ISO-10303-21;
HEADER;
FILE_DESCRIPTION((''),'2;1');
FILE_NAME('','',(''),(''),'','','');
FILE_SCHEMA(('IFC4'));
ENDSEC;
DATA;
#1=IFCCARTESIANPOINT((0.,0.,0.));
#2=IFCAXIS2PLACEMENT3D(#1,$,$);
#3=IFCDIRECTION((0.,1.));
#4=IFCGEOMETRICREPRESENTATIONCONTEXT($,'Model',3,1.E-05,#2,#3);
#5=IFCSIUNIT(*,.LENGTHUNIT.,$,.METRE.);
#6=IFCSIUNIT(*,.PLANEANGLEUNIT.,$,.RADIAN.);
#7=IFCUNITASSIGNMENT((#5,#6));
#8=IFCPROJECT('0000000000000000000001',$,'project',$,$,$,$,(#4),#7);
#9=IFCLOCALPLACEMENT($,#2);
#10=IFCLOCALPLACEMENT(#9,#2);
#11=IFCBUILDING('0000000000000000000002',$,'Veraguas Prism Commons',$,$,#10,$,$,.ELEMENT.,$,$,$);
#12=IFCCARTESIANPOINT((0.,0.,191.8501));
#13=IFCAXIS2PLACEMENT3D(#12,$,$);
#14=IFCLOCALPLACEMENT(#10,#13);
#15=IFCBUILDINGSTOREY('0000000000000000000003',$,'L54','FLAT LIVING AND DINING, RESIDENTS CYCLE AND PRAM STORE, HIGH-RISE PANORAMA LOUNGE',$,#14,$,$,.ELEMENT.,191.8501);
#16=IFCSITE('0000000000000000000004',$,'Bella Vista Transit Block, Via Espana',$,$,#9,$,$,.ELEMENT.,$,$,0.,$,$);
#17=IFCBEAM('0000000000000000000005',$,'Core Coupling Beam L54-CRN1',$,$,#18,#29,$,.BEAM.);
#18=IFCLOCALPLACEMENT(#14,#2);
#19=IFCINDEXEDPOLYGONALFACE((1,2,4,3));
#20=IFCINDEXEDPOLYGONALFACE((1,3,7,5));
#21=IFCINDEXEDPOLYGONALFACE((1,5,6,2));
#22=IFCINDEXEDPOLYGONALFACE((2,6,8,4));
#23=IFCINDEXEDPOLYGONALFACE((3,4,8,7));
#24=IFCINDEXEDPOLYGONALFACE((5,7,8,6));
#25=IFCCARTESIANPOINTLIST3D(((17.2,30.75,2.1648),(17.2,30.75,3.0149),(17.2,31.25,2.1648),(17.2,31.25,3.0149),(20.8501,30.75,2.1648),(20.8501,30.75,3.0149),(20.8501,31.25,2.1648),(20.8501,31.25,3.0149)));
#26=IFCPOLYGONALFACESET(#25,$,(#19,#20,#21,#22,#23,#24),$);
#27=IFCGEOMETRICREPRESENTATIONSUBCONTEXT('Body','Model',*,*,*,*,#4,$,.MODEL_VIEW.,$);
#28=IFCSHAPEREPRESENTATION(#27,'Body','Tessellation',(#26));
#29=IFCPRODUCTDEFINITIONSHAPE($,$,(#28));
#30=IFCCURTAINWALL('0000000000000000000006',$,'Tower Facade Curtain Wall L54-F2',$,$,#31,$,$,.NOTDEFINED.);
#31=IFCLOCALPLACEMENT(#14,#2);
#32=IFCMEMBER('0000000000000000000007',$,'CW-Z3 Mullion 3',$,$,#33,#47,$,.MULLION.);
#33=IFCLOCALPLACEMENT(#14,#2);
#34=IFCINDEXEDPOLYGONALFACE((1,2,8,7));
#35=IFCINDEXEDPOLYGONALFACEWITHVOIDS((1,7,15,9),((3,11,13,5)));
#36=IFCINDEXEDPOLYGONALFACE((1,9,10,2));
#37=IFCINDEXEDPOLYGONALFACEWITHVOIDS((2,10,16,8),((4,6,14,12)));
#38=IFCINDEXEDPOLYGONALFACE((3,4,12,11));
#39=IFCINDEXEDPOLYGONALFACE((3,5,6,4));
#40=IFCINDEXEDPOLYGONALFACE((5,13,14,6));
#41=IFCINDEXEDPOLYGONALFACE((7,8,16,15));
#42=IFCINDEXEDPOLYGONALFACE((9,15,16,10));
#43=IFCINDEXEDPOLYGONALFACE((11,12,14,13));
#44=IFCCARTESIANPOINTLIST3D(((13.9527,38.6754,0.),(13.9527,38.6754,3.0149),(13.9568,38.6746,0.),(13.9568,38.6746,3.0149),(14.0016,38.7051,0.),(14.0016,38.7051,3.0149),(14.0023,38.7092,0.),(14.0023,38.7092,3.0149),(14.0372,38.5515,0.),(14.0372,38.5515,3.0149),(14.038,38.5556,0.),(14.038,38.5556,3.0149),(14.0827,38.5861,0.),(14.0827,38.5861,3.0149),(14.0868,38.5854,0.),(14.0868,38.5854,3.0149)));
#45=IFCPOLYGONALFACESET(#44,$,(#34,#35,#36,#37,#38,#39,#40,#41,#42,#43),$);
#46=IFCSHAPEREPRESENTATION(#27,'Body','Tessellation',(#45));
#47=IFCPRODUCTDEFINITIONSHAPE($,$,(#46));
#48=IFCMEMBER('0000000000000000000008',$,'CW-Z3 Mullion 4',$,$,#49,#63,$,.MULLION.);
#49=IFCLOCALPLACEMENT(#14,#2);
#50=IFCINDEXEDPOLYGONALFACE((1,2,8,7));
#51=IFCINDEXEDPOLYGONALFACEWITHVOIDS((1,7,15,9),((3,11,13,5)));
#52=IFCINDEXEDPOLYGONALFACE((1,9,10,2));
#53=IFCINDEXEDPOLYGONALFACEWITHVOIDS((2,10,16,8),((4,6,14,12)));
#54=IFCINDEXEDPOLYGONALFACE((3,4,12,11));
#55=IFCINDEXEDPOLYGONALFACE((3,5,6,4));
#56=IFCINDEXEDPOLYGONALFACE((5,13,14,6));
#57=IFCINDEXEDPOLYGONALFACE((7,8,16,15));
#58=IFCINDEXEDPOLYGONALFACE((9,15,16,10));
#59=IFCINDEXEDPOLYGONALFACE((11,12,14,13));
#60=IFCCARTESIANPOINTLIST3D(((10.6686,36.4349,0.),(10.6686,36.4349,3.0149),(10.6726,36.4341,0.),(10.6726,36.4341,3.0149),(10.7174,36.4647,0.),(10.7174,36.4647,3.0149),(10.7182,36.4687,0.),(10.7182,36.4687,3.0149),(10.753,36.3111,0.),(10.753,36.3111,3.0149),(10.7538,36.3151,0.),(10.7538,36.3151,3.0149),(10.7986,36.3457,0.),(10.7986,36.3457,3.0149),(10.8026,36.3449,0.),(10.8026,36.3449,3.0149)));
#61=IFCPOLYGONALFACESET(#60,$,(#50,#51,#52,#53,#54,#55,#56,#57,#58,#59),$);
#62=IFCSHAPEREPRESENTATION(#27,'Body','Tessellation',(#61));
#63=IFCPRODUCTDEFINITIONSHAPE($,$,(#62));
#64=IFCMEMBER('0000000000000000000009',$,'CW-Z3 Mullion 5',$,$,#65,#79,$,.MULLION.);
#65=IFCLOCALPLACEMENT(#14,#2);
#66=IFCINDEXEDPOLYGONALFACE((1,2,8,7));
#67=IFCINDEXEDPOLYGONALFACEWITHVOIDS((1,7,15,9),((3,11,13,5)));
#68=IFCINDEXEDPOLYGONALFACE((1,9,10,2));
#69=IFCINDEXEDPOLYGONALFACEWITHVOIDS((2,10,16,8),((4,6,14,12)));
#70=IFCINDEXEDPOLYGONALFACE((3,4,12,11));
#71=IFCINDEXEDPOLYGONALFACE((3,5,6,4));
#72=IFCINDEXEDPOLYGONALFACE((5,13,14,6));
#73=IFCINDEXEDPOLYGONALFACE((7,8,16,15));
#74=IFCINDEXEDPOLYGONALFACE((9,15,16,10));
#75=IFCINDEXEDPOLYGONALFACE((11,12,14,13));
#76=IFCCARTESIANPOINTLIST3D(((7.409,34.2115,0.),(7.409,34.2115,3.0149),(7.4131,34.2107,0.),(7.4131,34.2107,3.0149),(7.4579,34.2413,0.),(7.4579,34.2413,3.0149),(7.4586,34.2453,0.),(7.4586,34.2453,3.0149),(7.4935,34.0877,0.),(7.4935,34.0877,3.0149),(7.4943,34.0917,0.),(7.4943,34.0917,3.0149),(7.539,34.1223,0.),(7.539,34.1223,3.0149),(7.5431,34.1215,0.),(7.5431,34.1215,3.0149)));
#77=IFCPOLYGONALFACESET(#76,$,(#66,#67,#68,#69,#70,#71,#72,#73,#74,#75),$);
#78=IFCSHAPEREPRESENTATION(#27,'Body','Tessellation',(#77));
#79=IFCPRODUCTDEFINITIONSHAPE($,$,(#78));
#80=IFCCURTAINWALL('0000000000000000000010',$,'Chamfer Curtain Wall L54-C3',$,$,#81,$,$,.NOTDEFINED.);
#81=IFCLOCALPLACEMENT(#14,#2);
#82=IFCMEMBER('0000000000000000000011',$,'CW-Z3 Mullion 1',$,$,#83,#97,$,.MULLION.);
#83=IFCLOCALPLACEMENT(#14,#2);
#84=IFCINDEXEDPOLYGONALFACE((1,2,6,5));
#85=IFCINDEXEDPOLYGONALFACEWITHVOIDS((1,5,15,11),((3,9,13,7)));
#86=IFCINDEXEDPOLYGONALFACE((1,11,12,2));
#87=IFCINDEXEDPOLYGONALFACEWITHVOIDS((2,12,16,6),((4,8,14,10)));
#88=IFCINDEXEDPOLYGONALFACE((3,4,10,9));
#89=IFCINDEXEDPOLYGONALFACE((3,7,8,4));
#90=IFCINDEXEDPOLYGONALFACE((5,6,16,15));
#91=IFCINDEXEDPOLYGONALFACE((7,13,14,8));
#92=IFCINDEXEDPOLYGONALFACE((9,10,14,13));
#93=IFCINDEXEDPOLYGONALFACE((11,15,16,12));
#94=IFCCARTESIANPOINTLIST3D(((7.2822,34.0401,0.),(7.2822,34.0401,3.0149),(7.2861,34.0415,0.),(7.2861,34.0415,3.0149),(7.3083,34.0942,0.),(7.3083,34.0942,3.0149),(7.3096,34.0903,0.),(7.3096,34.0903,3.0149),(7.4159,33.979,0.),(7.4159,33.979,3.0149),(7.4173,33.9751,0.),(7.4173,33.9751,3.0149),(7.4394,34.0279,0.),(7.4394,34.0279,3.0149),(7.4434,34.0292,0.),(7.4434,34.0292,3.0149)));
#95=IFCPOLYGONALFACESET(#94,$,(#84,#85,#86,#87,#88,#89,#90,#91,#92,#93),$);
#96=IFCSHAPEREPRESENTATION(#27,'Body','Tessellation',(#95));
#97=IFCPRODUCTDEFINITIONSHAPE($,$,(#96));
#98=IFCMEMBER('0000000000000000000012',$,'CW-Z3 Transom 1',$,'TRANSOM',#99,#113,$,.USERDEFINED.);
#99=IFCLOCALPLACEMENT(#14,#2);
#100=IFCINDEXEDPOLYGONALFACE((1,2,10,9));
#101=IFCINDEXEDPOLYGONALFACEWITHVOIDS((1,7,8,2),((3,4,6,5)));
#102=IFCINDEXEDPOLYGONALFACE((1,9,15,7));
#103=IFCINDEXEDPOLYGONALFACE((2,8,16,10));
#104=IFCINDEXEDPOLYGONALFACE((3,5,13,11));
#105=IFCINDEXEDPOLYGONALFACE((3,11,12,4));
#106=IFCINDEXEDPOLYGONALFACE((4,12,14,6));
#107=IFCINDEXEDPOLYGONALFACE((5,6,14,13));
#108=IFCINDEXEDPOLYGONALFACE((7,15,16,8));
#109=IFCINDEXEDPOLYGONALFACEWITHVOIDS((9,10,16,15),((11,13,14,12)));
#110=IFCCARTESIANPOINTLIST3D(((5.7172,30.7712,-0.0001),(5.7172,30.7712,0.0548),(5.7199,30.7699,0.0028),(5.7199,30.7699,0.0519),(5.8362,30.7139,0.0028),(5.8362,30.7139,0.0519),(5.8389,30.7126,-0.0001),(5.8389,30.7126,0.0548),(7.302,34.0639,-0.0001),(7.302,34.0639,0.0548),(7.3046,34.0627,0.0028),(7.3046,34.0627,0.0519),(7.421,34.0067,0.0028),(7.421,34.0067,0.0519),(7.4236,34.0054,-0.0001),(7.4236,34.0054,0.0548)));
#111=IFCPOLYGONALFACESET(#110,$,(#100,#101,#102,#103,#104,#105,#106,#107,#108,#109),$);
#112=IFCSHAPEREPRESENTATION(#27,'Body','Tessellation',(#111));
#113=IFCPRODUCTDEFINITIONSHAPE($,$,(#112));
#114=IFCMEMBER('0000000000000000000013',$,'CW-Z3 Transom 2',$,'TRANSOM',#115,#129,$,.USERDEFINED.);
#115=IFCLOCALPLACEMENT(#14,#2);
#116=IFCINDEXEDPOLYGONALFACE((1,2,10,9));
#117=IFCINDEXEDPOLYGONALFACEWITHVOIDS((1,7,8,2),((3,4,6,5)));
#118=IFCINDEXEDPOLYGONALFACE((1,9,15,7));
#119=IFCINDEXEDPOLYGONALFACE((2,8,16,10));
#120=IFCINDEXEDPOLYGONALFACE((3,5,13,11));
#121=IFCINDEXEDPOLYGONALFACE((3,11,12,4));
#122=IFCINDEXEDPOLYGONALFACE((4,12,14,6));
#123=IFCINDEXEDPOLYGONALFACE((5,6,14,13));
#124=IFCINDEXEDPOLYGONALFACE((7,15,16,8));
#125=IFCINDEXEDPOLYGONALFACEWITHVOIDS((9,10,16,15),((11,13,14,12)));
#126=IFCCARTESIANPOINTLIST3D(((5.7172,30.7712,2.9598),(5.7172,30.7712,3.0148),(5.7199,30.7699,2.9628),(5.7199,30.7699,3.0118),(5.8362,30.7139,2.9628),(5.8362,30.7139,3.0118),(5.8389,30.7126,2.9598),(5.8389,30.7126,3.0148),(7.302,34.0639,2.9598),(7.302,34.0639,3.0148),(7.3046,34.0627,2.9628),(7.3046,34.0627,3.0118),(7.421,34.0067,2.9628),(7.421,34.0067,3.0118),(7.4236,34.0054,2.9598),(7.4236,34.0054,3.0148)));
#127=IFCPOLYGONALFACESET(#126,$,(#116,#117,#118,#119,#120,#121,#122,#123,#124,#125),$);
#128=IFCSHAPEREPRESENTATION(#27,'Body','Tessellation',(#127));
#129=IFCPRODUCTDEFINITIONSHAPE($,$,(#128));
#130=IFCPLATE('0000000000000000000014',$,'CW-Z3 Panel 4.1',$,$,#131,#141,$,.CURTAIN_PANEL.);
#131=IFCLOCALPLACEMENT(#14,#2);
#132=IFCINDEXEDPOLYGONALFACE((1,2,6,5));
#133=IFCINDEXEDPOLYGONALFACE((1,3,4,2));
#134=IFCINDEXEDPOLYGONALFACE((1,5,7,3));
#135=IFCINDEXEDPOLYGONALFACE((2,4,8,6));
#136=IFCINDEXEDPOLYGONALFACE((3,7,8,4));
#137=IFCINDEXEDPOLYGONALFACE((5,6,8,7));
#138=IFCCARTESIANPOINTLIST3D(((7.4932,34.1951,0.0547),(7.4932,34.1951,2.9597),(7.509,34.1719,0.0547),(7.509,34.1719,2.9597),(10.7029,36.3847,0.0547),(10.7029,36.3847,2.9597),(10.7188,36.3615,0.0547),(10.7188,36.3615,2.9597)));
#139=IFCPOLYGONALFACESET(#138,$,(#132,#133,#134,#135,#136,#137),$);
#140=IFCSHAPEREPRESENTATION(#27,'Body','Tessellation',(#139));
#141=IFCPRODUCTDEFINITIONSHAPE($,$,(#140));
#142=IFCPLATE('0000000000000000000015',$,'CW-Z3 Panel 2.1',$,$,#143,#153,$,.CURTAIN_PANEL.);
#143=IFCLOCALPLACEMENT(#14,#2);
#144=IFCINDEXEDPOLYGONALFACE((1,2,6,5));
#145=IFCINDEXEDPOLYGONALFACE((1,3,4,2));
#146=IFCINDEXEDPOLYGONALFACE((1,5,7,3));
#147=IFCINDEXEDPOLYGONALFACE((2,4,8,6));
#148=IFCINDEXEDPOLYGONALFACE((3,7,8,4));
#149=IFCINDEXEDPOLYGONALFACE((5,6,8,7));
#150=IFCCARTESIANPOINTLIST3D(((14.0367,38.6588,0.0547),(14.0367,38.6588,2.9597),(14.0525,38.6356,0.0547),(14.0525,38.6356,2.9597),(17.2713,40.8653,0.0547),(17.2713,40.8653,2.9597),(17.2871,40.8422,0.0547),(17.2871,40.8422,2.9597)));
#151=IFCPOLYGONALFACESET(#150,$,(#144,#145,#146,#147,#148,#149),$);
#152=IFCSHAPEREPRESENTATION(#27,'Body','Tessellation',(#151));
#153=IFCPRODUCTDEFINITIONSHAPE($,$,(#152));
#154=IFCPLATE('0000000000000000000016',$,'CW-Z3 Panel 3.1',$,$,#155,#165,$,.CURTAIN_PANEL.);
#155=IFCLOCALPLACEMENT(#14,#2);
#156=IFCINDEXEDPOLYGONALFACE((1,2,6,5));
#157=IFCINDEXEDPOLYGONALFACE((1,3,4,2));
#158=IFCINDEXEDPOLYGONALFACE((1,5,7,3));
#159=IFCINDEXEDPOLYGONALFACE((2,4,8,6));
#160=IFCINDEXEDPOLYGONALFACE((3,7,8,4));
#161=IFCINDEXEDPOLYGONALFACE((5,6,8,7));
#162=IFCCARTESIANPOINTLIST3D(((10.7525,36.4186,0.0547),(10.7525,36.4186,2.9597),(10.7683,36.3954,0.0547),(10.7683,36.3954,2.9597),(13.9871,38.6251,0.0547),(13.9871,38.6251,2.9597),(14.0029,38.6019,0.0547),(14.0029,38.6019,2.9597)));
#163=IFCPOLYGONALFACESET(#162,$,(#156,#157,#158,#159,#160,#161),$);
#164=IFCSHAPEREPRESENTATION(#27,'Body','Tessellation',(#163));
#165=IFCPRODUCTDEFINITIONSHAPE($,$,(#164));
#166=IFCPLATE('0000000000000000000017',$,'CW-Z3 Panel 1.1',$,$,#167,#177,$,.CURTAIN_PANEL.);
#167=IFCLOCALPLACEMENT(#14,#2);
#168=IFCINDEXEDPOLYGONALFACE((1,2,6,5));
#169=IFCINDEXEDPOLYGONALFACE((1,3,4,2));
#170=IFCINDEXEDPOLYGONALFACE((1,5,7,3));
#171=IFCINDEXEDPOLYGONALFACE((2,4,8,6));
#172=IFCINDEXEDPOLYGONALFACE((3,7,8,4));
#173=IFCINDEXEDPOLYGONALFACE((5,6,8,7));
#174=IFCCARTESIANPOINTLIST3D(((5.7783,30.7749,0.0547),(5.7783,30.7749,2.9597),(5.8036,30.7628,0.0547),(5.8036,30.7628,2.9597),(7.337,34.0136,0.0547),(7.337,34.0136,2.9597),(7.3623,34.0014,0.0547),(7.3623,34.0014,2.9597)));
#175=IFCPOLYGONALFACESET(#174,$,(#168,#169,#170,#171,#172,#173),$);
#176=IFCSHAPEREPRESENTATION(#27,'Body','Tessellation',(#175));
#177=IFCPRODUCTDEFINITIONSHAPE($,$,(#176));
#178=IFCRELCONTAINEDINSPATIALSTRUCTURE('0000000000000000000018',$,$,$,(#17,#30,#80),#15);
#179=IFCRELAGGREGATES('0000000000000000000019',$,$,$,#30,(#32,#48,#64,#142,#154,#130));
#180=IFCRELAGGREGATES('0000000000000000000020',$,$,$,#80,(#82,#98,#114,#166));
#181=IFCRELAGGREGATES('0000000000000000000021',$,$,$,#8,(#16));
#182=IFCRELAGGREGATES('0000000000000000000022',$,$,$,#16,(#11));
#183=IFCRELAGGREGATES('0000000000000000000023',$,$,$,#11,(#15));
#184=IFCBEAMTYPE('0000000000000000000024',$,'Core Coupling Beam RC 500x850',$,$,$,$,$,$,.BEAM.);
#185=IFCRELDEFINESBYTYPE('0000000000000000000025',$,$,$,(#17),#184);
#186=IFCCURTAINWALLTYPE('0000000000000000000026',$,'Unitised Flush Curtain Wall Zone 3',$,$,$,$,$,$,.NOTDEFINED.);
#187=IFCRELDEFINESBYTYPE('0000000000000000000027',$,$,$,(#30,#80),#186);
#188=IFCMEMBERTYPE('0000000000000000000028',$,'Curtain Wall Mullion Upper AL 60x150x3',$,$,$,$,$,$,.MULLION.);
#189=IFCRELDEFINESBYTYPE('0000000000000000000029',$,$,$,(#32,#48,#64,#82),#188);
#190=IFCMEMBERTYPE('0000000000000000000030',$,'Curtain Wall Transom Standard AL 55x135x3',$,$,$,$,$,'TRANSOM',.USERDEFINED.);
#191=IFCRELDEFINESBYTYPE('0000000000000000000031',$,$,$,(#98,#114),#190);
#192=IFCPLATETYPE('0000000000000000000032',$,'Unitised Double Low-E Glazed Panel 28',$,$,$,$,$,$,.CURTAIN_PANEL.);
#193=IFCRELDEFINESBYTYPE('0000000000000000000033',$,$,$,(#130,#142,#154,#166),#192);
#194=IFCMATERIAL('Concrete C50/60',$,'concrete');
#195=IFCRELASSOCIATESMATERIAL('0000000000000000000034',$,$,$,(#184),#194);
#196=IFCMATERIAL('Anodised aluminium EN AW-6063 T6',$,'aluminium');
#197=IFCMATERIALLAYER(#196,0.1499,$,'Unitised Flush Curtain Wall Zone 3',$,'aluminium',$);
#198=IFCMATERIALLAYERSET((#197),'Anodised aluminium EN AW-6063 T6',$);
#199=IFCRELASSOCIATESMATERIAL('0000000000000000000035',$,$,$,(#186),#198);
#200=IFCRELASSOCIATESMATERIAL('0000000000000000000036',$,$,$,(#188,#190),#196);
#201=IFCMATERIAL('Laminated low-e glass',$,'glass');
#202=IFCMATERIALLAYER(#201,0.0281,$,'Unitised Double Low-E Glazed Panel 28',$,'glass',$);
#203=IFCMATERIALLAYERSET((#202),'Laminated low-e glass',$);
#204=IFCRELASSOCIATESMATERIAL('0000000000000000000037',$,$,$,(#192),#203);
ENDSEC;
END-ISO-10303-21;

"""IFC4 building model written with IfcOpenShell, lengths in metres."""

from ifc_helpers import new_model, si_unit, direction, frame, origin, origin_2d, place, context, subcontext, project, spatial, rectangle, hollow_rectangle, extrude, source, transform, mapped, material, layer, layer_set, material_profile, profile_set, type_object, element, aggregate, save


model = new_model("IFC4")

# Units and contexts
model_context = context("Model", 3, precision=1e-05, world=origin(), true_north=direction((0.0, 1.0)))
body_context = subcontext(model_context, "Body", "Model", "MODEL_VIEW")
ifc_project = project(units=[si_unit("LENGTHUNIT", "METRE"), si_unit("PLANEANGLEUNIT", "RADIAN")], contexts=[model_context])

# Site, building, storey
site_placement = place(None, origin())
site = spatial("IfcSite", under=ifc_project, at=site_placement, Name="Bella Vista Transit Block, Via Espana", CompositionType="ELEMENT", RefElevation=0.0)
building_placement = place(site_placement, origin())
building = spatial("IfcBuilding", under=site, at=building_placement, Name="Veraguas Prism Commons", CompositionType="ELEMENT")
storey_placement = place(building_placement, frame((0.0, 0.0, 191.8501)))
storey = spatial("IfcBuildingStorey", under=building, at=storey_placement, Name="L54", Description="FLAT LIVING AND DINING, RESIDENTS CYCLE AND PRAM STORE, HIGH-RISE PANORAMA LOUNGE", CompositionType="ELEMENT", Elevation=191.8501)

# Beam
ifc_material_1 = material(Name="Concrete C50/60", Category="concrete")
ifc_material_profile_1 = material_profile(ifc_material_1, rectangle(XDim=0.5, YDim=0.8501, at=origin_2d()), Name="RC500X850")
ifc_profile_set_1 = profile_set([ifc_material_profile_1], Name="Concrete C50/60")
beam_type = type_object("IfcBeamType", Name="Core Coupling Beam RC 500x850", PredefinedType="BEAM", material=ifc_profile_set_1)
beam_placement = place(storey_placement, frame((17.2, 31.0, 2.5898), z_axis=(1.0, 0.0, 0.0), x_axis=(0.0, 1.0, 0.0)))
element("IfcBeam", 1, at=beam_placement, inside=storey, type_object=beam_type, Name="Core Coupling Beam L54-CRN1", PredefinedType="BEAM", context=body_context, shape_type="SweptSolid", body=[
    extrude(rectangle(XDim=0.5, YDim=0.8501, at=origin_2d()), origin(), (0.0, 0.0, 1.0), 3.6501),
])

# Curtain walls, members
ifc_material_2 = material(Name="Anodised aluminium EN AW-6063 T6", Category="aluminium")
ifc_layer_1 = layer(ifc_material_2, 0.1499, Name="Unitised Flush Curtain Wall Zone 3", Category="aluminium")
ifc_layer_set_1 = layer_set([ifc_layer_1], Name="Anodised aluminium EN AW-6063 T6")
curtain_wall_type = type_object("IfcCurtainWallType", Name="Unitised Flush Curtain Wall Zone 3", PredefinedType="NOTDEFINED", material=ifc_layer_set_1)
curtain_wall_1_placement = place(storey_placement, origin())
curtain_wall_1 = element("IfcCurtainWall", 2, at=curtain_wall_1_placement, inside=storey, type_object=curtain_wall_type, Name="Tower Facade Curtain Wall L54-F2", PredefinedType="NOTDEFINED")
ifc_material_profile_2 = material_profile(ifc_material_2, hollow_rectangle(XDim=0.0601, YDim=0.1499, WallThickness=0.0029, at=origin_2d()), Name="AL60X150X3")
ifc_profile_set_2 = profile_set([ifc_material_profile_2], Name="Anodised aluminium EN AW-6063 T6")
member_type_1 = type_object("IfcMemberType", Name="Curtain Wall Mullion Upper AL 60x150x3", PredefinedType="MULLION", material=ifc_profile_set_2)
shared_shape_1 = source(origin(), body_context, "Body", "SweptSolid", [
    extrude(hollow_rectangle(XDim=0.0601, YDim=0.1499, WallThickness=0.0029, at=origin_2d()), origin(), (0.0, 0.0, 1.0), 3.0149),
])
member_1_placement = place(storey_placement, frame((14.0198, 38.6304, 0.0), z_axis=(0.0, 0.0, 1.0), x_axis=(-0.826095, -0.56353, 0.0)))
member_1 = element("IfcMember", 3, at=member_1_placement, type_object=member_type_1, Name="CW-Z3 Mullion 3", PredefinedType="MULLION", context=body_context, shape_type="MappedRepresentation", body=[
    mapped(shared_shape_1, transform((0.0, 0.0, 0.0), scale=1.0)),
])
member_2_placement = place(storey_placement, frame((10.7356, 36.3899, 0.0), z_axis=(0.0, 0.0, 1.0), x_axis=(-0.826095, -0.56353, 0.0)))
member_2 = element("IfcMember", 4, at=member_2_placement, type_object=member_type_1, Name="CW-Z3 Mullion 4", PredefinedType="MULLION", context=body_context, shape_type="MappedRepresentation", body=[
    mapped(shared_shape_1, transform((0.0, 0.0, 0.0), scale=1.0)),
])
member_3_placement = place(storey_placement, frame((7.4761, 34.1665, 0.0), z_axis=(0.0, 0.0, 1.0), x_axis=(-0.826095, -0.56353, 0.0)))
member_3 = element("IfcMember", 5, at=member_3_placement, type_object=member_type_1, Name="CW-Z3 Mullion 5", PredefinedType="MULLION", context=body_context, shape_type="MappedRepresentation", body=[
    mapped(shared_shape_1, transform((0.0, 0.0, 0.0), scale=1.0)),
])
curtain_wall_2_placement = place(storey_placement, origin())
curtain_wall_2 = element("IfcCurtainWall", 6, at=curtain_wall_2_placement, inside=storey, type_object=curtain_wall_type, Name="Chamfer Curtain Wall L54-C3", PredefinedType="NOTDEFINED")
member_4_placement = place(storey_placement, frame((7.3628, 34.0347, 0.0), z_axis=(0.0, 0.0, 1.0), x_axis=(-0.43368, -0.901067, 0.0)))
member_4 = element("IfcMember", 7, at=member_4_placement, type_object=member_type_1, Name="CW-Z3 Mullion 1", PredefinedType="MULLION", context=body_context, shape_type="MappedRepresentation", body=[
    mapped(shared_shape_1, transform((0.0, 0.0, 0.0), scale=1.0)),
])
ifc_material_profile_3 = material_profile(ifc_material_2, hollow_rectangle(XDim=0.0549, YDim=0.135, WallThickness=0.0029, at=origin_2d()), Name="AL55X135X3")
ifc_profile_set_3 = profile_set([ifc_material_profile_3], Name="Anodised aluminium EN AW-6063 T6")
member_type_2 = type_object("IfcMemberType", Name="Curtain Wall Transom Standard AL 55x135x3", ElementType="TRANSOM", PredefinedType="USERDEFINED", material=ifc_profile_set_3)
shared_shape_2 = source(origin(), body_context, "Body", "SweptSolid", [
    extrude(hollow_rectangle(XDim=0.0549, YDim=0.135, WallThickness=0.0029, at=origin_2d()), origin(), (0.0, 0.0, 1.0), 3.6543),
])
member_5_placement = place(storey_placement, frame((7.3628, 34.0347, 0.0273), z_axis=(-0.433667, -0.901073, 0.0), x_axis=(0.0, 0.0, 1.0)))
member_5 = element("IfcMember", 8, at=member_5_placement, type_object=member_type_2, Name="CW-Z3 Transom 1", ObjectType="TRANSOM", PredefinedType="USERDEFINED", context=body_context, shape_type="MappedRepresentation", body=[
    mapped(shared_shape_2, transform((0.0, 0.0, 0.0), scale=1.0)),
])
member_6_placement = place(storey_placement, frame((7.3628, 34.0347, 2.9873), z_axis=(-0.433667, -0.901073, 0.0), x_axis=(0.0, 0.0, 1.0)))
member_6 = element("IfcMember", 9, at=member_6_placement, type_object=member_type_2, Name="CW-Z3 Transom 2", ObjectType="TRANSOM", PredefinedType="USERDEFINED", context=body_context, shape_type="MappedRepresentation", body=[
    mapped(shared_shape_2, transform((0.0, 0.0, 0.0), scale=1.0)),
])

# Plates
ifc_material_3 = material(Name="Laminated low-e glass", Category="glass")
ifc_layer_2 = layer(ifc_material_3, 0.0281, Name="Unitised Double Low-E Glazed Panel 28", Category="glass")
ifc_layer_set_2 = layer_set([ifc_layer_2], Name="Laminated low-e glass")
plate_type = type_object("IfcPlateType", Name="Unitised Double Low-E Glazed Panel 28", PredefinedType="CURTAIN_PANEL", material=ifc_layer_set_2)
shared_shape_3 = source(origin(), body_context, "Body", "SweptSolid", [
    extrude(rectangle(XDim=3.8855, YDim=0.0281, at=origin_2d()), origin(), (0.0, 0.0, 1.0), 2.905),
])
plate_1_placement = place(storey_placement, frame((9.106, 35.2783, 0.0547), z_axis=(0.0, 0.0, 1.0), x_axis=(-0.826095, -0.56353, 0.0)))
plate_1 = element("IfcPlate", 10, at=plate_1_placement, type_object=plate_type, Name="CW-Z3 Panel 4.1", PredefinedType="CURTAIN_PANEL", context=body_context, shape_type="MappedRepresentation", body=[
    mapped(shared_shape_3, transform((0.0, 0.0, 0.0), scale=1.0)),
])
shared_shape_4 = source(origin(), body_context, "Body", "SweptSolid", [
    extrude(rectangle(XDim=3.9155, YDim=0.0281, at=origin_2d()), origin(), (0.0, 0.0, 1.0), 2.905),
])
plate_2_placement = place(storey_placement, frame((15.6619, 39.7505, 0.0547), z_axis=(0.0, 0.0, 1.0), x_axis=(-0.826095, -0.56353, 0.0)))
plate_2 = element("IfcPlate", 11, at=plate_2_placement, type_object=plate_type, Name="CW-Z3 Panel 2.1", PredefinedType="CURTAIN_PANEL", context=body_context, shape_type="MappedRepresentation", body=[
    mapped(shared_shape_4, transform((0.0, 0.0, 0.0), scale=1.0)),
])
plate_3_placement = place(storey_placement, frame((12.3777, 37.5103, 0.0547), z_axis=(0.0, 0.0, 1.0), x_axis=(-0.826095, -0.56353, 0.0)))
plate_3 = element("IfcPlate", 12, at=plate_3_placement, type_object=plate_type, Name="CW-Z3 Panel 3.1", PredefinedType="CURTAIN_PANEL", context=body_context, shape_type="MappedRepresentation", body=[
    mapped(shared_shape_4, transform((0.0, 0.0, 0.0), scale=1.0)),
])
aggregate(curtain_wall_1, [member_1, member_2, member_3, plate_2, plate_3, plate_1])
shared_shape_5 = source(origin(), body_context, "Body", "SweptSolid", [
    extrude(rectangle(XDim=3.5942, YDim=0.0281, at=origin_2d()), origin(), (0.0, 0.0, 1.0), 2.905),
])
plate_4_placement = place(storey_placement, frame((6.5703, 32.3882, 0.0547), z_axis=(0.0, 0.0, 1.0), x_axis=(-0.43368, -0.901067, 0.0)))
plate_4 = element("IfcPlate", 13, at=plate_4_placement, type_object=plate_type, Name="CW-Z3 Panel 1.1", PredefinedType="CURTAIN_PANEL", context=body_context, shape_type="MappedRepresentation", body=[
    mapped(shared_shape_5, transform((0.0, 0.0, 0.0), scale=1.0)),
])
aggregate(curtain_wall_2, [member_4, member_5, member_6, plate_4])

save(model, "model.ifc")
